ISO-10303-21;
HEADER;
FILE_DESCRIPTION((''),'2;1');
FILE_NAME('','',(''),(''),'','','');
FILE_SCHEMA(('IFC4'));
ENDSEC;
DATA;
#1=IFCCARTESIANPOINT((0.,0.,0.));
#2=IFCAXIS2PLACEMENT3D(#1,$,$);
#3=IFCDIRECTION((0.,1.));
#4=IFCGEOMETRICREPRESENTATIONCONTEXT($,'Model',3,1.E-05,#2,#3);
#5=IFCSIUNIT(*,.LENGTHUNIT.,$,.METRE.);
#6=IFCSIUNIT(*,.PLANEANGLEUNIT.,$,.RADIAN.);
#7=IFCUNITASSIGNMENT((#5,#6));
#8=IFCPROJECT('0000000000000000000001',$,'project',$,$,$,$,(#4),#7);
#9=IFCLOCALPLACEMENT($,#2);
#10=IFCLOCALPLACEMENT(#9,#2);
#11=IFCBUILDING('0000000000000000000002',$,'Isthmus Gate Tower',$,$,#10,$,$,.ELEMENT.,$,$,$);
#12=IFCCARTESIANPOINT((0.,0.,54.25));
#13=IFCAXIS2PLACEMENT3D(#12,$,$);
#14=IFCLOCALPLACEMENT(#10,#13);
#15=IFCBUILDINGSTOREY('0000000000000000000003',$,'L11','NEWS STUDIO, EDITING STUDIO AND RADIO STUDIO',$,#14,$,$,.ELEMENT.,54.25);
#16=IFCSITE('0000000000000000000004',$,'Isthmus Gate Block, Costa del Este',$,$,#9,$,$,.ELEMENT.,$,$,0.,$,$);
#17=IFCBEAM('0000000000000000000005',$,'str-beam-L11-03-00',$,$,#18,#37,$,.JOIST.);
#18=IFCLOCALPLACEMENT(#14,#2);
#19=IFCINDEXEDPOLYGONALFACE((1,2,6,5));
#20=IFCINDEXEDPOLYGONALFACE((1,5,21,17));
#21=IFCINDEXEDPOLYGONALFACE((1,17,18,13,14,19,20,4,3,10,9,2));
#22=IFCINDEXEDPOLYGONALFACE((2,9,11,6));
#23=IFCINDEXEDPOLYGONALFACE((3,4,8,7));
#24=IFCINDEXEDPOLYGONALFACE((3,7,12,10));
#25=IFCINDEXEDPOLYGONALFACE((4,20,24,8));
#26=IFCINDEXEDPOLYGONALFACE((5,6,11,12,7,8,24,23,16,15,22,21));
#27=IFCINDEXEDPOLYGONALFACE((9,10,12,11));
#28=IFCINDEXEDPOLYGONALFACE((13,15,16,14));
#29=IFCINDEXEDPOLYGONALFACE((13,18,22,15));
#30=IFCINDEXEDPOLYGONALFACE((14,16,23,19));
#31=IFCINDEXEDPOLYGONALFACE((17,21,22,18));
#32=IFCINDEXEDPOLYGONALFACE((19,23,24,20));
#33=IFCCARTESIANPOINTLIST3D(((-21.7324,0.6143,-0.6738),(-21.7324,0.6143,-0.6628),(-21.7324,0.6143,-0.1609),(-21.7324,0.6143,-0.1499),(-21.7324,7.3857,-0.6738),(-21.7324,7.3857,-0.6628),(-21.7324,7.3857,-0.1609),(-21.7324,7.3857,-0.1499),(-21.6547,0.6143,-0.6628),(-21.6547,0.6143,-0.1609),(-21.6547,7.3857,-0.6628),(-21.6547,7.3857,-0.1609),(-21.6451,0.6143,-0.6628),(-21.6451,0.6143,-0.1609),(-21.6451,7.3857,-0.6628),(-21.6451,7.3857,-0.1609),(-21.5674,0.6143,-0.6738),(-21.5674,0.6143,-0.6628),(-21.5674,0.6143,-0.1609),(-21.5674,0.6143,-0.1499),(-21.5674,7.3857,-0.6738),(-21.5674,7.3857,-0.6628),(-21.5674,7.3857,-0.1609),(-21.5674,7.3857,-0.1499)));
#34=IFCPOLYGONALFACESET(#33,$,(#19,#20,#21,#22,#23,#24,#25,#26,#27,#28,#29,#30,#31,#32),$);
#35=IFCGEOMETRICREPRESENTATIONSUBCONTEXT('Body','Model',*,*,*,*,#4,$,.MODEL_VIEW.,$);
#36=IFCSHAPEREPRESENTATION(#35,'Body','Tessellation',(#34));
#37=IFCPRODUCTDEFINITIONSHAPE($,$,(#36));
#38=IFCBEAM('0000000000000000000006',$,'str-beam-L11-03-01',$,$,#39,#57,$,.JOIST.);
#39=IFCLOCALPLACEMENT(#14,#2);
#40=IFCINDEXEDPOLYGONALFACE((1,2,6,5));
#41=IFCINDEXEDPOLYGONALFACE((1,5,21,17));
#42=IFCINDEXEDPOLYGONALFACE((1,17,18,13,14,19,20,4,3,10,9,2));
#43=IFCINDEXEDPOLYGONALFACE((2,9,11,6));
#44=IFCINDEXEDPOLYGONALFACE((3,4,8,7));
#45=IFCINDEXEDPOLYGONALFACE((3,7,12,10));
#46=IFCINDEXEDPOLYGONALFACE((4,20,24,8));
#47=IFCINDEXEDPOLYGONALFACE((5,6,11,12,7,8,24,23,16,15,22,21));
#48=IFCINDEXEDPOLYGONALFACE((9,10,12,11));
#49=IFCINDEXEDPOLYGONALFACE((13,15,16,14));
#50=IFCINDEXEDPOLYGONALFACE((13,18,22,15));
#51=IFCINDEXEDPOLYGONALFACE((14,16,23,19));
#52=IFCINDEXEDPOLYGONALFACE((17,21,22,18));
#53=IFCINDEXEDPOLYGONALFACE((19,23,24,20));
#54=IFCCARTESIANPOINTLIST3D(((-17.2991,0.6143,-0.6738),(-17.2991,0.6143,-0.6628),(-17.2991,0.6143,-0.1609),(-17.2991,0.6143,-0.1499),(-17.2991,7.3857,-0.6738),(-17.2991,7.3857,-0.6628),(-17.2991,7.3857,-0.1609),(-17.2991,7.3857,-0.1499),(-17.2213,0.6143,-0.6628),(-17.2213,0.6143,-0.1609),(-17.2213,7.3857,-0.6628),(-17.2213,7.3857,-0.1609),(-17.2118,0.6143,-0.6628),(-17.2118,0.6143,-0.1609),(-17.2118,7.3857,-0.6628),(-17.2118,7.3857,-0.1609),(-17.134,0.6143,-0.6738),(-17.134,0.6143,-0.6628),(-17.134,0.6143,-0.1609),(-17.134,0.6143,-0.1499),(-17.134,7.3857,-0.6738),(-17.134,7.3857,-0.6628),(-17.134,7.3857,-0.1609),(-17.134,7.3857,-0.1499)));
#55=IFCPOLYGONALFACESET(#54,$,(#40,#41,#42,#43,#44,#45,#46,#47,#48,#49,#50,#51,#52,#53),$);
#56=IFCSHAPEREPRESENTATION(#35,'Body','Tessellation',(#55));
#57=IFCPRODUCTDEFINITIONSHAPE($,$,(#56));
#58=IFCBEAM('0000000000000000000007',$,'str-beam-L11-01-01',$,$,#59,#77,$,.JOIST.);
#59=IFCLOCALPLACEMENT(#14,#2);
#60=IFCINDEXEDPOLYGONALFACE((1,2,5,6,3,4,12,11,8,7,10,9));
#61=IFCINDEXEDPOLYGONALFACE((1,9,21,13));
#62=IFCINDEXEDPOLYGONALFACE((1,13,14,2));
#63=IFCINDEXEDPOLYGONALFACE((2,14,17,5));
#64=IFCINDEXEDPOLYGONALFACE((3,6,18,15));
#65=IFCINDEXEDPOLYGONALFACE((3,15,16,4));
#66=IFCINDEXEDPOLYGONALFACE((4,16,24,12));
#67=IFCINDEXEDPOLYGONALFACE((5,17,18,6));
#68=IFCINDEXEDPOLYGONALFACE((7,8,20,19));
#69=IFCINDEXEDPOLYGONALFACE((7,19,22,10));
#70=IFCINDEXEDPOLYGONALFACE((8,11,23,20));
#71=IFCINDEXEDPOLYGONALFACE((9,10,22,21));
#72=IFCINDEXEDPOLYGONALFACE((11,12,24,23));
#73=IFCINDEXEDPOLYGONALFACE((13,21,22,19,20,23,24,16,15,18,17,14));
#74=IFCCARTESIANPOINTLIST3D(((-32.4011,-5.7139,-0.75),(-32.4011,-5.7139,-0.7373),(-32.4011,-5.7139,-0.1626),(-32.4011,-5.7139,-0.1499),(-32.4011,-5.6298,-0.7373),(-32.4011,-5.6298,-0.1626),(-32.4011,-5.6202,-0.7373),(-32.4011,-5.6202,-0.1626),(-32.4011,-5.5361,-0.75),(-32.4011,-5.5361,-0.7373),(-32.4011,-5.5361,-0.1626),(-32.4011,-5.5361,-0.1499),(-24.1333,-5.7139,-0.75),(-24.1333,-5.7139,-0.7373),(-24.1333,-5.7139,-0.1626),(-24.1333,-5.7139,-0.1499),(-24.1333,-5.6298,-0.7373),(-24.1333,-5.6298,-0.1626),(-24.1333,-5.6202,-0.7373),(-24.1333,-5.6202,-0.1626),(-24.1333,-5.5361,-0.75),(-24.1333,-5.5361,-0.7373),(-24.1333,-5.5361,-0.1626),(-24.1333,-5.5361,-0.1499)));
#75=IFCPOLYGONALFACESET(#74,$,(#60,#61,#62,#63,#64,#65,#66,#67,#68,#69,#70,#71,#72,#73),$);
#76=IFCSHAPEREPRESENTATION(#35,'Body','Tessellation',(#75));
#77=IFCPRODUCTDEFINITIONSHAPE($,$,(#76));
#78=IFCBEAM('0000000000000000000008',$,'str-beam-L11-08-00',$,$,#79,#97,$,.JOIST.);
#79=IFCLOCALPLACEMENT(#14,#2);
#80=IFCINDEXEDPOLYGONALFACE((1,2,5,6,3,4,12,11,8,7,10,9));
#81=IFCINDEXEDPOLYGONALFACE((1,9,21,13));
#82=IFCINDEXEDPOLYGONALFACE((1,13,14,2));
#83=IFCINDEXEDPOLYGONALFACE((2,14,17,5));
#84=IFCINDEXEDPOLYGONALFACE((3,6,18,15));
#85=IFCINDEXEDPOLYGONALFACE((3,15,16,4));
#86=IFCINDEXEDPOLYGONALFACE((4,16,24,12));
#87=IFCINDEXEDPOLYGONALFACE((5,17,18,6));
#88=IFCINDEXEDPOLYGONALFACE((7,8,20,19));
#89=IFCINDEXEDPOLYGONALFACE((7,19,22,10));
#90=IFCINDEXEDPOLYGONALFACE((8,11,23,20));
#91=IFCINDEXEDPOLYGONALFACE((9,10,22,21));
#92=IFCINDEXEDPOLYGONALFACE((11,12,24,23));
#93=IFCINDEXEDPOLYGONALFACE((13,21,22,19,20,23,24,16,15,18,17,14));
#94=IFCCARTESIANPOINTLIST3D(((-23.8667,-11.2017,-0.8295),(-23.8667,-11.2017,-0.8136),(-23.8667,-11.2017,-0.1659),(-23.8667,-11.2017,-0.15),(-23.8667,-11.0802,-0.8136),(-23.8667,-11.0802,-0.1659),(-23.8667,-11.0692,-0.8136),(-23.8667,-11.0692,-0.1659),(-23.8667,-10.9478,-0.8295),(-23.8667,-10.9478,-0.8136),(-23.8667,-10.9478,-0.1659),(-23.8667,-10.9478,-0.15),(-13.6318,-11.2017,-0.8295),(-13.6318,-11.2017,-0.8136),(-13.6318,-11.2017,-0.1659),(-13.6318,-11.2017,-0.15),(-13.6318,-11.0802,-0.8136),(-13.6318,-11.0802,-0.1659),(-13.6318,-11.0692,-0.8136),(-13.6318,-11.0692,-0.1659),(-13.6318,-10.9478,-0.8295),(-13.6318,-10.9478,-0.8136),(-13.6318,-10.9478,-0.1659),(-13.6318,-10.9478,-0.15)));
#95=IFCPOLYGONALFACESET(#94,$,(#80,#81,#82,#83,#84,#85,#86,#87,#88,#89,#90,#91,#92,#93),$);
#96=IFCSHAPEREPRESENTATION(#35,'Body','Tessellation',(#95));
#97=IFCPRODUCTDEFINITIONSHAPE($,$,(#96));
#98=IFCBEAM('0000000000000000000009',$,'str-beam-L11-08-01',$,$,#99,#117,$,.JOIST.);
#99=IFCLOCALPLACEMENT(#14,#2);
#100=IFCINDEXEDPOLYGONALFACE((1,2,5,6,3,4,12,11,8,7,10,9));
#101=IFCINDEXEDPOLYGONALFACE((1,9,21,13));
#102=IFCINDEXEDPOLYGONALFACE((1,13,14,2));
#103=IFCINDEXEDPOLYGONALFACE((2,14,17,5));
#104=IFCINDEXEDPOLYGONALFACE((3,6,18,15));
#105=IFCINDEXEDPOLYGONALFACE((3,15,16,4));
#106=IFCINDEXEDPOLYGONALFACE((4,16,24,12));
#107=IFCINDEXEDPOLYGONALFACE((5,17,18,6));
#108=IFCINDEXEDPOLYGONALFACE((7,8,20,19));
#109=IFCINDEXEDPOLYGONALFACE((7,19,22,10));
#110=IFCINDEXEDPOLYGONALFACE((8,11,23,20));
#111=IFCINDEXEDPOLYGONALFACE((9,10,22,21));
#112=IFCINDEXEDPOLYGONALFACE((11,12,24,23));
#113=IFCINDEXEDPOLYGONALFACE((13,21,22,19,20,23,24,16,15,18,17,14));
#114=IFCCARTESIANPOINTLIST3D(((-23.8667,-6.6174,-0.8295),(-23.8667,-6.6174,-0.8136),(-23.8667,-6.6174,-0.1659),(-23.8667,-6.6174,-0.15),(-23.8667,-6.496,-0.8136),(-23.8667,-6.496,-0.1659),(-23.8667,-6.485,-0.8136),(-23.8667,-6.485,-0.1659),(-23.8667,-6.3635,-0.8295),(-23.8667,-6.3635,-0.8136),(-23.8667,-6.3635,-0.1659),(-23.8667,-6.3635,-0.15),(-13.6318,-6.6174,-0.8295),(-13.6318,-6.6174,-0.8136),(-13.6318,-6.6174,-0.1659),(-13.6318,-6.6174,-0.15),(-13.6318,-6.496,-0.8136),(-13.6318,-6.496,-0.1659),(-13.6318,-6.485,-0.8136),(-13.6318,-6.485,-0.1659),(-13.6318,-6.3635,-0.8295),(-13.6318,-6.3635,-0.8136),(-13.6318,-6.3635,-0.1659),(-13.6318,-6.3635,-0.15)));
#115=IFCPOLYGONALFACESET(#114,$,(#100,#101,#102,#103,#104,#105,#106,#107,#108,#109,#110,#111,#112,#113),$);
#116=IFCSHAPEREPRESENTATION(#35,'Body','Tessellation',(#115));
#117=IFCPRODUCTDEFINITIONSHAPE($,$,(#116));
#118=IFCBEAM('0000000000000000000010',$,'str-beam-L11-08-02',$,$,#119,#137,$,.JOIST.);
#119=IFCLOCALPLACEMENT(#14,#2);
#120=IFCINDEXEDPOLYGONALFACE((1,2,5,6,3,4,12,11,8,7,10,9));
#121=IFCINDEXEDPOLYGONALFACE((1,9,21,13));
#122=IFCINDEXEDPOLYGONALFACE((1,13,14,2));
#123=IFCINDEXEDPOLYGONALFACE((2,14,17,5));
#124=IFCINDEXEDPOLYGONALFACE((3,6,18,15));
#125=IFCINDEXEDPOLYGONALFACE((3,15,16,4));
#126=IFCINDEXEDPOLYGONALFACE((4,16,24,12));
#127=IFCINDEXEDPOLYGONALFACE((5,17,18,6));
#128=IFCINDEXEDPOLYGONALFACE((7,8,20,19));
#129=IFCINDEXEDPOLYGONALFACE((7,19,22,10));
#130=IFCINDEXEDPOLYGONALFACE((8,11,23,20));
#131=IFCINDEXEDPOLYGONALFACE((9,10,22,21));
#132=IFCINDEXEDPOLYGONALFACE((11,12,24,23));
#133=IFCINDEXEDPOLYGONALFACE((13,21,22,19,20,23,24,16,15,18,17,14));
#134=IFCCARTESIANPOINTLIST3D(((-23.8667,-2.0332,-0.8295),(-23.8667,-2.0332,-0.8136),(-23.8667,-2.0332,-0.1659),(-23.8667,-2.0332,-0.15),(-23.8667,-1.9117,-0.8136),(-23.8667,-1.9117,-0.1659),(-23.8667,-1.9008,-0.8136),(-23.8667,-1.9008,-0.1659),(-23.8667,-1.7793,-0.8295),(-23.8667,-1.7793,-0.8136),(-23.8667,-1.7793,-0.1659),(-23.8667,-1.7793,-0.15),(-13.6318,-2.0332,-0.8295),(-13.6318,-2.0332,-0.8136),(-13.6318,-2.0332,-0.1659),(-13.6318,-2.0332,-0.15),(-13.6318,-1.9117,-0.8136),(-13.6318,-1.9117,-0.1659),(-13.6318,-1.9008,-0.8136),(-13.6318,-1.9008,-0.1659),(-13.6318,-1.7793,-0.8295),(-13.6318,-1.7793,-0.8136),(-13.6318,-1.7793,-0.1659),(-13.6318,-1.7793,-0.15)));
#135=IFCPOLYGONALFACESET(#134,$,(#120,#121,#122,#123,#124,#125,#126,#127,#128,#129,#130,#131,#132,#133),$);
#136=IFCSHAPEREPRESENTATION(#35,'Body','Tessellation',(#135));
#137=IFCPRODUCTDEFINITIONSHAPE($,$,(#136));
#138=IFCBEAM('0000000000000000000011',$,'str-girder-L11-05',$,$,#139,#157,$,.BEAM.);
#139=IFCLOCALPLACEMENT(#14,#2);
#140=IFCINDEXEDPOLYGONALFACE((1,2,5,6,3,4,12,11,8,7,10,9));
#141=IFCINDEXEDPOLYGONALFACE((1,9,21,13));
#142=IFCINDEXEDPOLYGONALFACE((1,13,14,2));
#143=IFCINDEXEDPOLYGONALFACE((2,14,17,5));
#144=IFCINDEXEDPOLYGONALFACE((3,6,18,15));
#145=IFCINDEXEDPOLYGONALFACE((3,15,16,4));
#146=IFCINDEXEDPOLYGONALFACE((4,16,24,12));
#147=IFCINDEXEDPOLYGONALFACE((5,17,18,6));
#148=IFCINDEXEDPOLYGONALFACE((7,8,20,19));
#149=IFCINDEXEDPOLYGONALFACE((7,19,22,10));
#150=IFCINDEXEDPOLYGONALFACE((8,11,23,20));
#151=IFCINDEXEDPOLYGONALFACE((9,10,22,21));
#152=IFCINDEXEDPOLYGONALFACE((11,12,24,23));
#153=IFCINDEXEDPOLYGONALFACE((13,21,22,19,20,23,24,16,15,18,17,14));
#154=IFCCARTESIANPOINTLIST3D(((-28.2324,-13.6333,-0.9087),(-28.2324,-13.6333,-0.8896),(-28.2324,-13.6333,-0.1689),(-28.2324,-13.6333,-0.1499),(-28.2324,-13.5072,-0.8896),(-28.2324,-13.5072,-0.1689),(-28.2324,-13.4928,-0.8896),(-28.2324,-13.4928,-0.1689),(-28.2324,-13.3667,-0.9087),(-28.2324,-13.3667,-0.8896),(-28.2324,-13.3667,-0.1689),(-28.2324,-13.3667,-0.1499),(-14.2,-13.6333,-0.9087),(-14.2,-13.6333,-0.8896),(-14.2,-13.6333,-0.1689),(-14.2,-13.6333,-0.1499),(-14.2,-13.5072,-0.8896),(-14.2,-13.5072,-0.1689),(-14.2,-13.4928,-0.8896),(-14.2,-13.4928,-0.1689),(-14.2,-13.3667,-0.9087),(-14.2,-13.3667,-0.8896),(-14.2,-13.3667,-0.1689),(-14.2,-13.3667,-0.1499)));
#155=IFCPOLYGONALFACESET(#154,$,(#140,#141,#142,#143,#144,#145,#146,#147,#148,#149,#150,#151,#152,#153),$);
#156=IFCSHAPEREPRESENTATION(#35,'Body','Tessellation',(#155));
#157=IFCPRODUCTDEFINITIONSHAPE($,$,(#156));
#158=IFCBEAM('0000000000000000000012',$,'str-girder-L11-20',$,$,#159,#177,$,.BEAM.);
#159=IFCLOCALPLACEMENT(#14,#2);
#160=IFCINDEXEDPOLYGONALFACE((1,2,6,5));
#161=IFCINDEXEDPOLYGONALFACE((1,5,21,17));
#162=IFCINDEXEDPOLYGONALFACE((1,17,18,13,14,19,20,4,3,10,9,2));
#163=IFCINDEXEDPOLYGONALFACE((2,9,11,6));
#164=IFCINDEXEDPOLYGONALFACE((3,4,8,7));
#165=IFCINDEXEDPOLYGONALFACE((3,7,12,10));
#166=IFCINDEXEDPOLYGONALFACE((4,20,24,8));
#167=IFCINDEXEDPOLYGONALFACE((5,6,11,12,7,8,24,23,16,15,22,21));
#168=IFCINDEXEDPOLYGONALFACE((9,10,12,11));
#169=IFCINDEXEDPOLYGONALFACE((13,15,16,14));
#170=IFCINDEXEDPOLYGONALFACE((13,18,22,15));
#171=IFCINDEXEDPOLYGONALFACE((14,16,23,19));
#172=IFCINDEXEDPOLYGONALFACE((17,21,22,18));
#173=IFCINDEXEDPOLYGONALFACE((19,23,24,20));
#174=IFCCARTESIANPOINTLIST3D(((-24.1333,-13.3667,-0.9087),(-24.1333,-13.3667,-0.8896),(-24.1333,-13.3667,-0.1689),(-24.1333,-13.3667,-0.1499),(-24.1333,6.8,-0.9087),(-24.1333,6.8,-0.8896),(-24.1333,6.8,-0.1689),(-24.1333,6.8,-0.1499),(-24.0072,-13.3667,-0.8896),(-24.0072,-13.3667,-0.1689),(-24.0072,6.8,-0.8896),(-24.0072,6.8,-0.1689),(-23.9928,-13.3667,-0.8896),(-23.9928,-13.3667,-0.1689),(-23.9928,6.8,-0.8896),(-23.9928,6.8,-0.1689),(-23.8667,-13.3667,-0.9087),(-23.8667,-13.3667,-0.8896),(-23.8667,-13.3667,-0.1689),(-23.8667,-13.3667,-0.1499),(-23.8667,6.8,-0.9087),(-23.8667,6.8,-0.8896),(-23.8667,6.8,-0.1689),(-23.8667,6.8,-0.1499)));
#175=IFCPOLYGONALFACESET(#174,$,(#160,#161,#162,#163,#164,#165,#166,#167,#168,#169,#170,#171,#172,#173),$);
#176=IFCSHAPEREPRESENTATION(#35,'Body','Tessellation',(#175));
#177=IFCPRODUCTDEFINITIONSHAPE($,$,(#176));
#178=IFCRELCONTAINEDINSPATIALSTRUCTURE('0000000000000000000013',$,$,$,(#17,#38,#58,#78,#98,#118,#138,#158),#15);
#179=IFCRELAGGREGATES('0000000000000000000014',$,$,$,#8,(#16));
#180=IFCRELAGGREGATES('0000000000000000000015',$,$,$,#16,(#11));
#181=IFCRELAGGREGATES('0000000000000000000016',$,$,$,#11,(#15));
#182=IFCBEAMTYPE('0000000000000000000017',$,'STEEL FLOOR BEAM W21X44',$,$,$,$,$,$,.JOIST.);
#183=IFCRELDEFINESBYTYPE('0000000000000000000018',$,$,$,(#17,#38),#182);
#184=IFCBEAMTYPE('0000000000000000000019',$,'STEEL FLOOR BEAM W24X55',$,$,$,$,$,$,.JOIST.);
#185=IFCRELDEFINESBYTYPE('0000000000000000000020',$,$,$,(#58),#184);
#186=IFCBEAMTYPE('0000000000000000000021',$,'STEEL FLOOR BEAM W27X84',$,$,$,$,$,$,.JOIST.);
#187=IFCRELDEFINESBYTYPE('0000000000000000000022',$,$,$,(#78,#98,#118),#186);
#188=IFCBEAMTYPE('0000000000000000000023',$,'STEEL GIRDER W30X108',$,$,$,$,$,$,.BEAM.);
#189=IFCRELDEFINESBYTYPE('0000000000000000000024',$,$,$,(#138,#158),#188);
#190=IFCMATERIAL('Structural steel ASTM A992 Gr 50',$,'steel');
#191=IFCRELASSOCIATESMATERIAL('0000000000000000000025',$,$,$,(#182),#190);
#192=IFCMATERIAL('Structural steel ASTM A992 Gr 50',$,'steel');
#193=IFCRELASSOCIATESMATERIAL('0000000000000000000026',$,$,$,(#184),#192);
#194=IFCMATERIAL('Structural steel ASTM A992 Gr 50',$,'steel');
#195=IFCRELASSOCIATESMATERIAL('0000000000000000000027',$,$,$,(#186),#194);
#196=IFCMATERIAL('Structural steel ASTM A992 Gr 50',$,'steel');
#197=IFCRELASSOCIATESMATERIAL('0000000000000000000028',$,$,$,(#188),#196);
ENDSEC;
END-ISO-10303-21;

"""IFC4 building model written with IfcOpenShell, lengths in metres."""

from ifc_helpers import new_model, si_unit, direction, frame, origin, origin_2d, place, context, subcontext, project, spatial, i_section, extrude, material, material_profile, profile_set, type_object, element, save


model = new_model("IFC4")

# Units and contexts
model_context = context("Model", 3, precision=1e-05, world=origin(), true_north=direction((0.0, 1.0)))
body_context = subcontext(model_context, "Body", "Model", "MODEL_VIEW")
ifc_project = project(units=[si_unit("LENGTHUNIT", "METRE"), si_unit("PLANEANGLEUNIT", "RADIAN")], contexts=[model_context])

# Site, building, storey
site_placement = place(None, origin())
site = spatial("IfcSite", under=ifc_project, at=site_placement, Name="Isthmus Gate Block, Costa del Este", CompositionType="ELEMENT", RefElevation=0.0)
building_placement = place(site_placement, origin())
building = spatial("IfcBuilding", under=site, at=building_placement, Name="Isthmus Gate Tower", CompositionType="ELEMENT")
storey_placement = place(building_placement, frame((0.0, 0.0, 54.25)))
storey = spatial("IfcBuildingStorey", under=building, at=storey_placement, Name="L11", Description="NEWS STUDIO, EDITING STUDIO AND RADIO STUDIO", CompositionType="ELEMENT", Elevation=54.25)

# Beams
ifc_material_1 = material(Name="Structural steel ASTM A992 Gr 50", Category="steel")
ifc_material_profile_1 = material_profile(ifc_material_1, i_section(OverallWidth=0.165, OverallDepth=0.5239, WebThickness=0.0095, FlangeThickness=0.011, at=origin_2d()), Name="W21X44")
ifc_profile_set_1 = profile_set([ifc_material_profile_1], Name="Structural steel ASTM A992 Gr 50")
beam_type_1 = type_object("IfcBeamType", Name="STEEL FLOOR BEAM W21X44", PredefinedType="JOIST", material=ifc_profile_set_1)
for number, where, z_axis, x_axis, name in (
    (1, (-21.6499, 0.6143, -0.4119), (0.0, 1.0, 0.0), (-1.0, 0.0, 0.0), "str-beam-L11-03-00"),
    (2, (-17.2166, 0.6143, -0.4119), (0.0, 1.0, 0.0), (-1.0, 0.0, 0.0), "str-beam-L11-03-01"),
):
    element("IfcBeam", number, at=place(storey_placement, frame(where, z_axis=z_axis, x_axis=x_axis)), inside=storey, type_object=beam_type_1, Name=name, PredefinedType="JOIST", context=body_context, shape_type="SweptSolid", body=[
        extrude(i_section(OverallWidth=0.165, OverallDepth=0.5239, WebThickness=0.0095, FlangeThickness=0.011, at=origin_2d()), origin(), (0.0, 0.0, 1.0), 6.7715),
    ])
ifc_material_2 = material(Name="Structural steel ASTM A992 Gr 50", Category="steel")
ifc_material_profile_2 = material_profile(ifc_material_2, i_section(OverallWidth=0.1777, OverallDepth=0.6001, WebThickness=0.0095, FlangeThickness=0.0127, at=origin_2d()), Name="W24X55")
ifc_profile_set_2 = profile_set([ifc_material_profile_2], Name="Structural steel ASTM A992 Gr 50")
beam_type_2 = type_object("IfcBeamType", Name="STEEL FLOOR BEAM W24X55", PredefinedType="JOIST", material=ifc_profile_set_2)
beam_1_placement = place(storey_placement, frame((-32.4011, -5.625, -0.45), z_axis=(1.0, 0.0, 0.0), x_axis=(0.0, 1.0, 0.0)))
element("IfcBeam", 3, at=beam_1_placement, inside=storey, type_object=beam_type_2, Name="str-beam-L11-01-01", PredefinedType="JOIST", context=body_context, shape_type="SweptSolid", body=[
    extrude(i_section(OverallWidth=0.1777, OverallDepth=0.6001, WebThickness=0.0095, FlangeThickness=0.0127, at=origin_2d()), origin(), (0.0, 0.0, 1.0), 8.2678),
])
ifc_material_3 = material(Name="Structural steel ASTM A992 Gr 50", Category="steel")
ifc_material_profile_3 = material_profile(ifc_material_3, i_section(OverallWidth=0.2539, OverallDepth=0.6794, WebThickness=0.011, FlangeThickness=0.0159, at=origin_2d()), Name="W27X84")
ifc_profile_set_3 = profile_set([ifc_material_profile_3], Name="Structural steel ASTM A992 Gr 50")
beam_type_3 = type_object("IfcBeamType", Name="STEEL FLOOR BEAM W27X84", PredefinedType="JOIST", material=ifc_profile_set_3)
for number, where, z_axis, x_axis, name in (
    (4, (-23.8667, -11.0747, -0.4897), (1.0, 0.0, 0.0), (0.0, 1.0, 0.0), "str-beam-L11-08-00"),
    (5, (-23.8667, -6.4905, -0.4897), (1.0, 0.0, 0.0), (0.0, 1.0, 0.0), "str-beam-L11-08-01"),
    (6, (-23.8667, -1.9062, -0.4897), (1.0, 0.0, 0.0), (0.0, 1.0, 0.0), "str-beam-L11-08-02"),
):
    element("IfcBeam", number, at=place(storey_placement, frame(where, z_axis=z_axis, x_axis=x_axis)), inside=storey, type_object=beam_type_3, Name=name, PredefinedType="JOIST", context=body_context, shape_type="SweptSolid", body=[
        extrude(i_section(OverallWidth=0.2539, OverallDepth=0.6794, WebThickness=0.011, FlangeThickness=0.0159, at=origin_2d()), origin(), (0.0, 0.0, 1.0), 10.2349),
    ])
ifc_material_4 = material(Name="Structural steel ASTM A992 Gr 50", Category="steel")
ifc_material_profile_4 = material_profile(ifc_material_4, i_section(OverallWidth=0.2666, OverallDepth=0.7588, WebThickness=0.0144, FlangeThickness=0.019, at=origin_2d()), Name="W30X108")
ifc_profile_set_4 = profile_set([ifc_material_profile_4], Name="Structural steel ASTM A992 Gr 50")
beam_type_4 = type_object("IfcBeamType", Name="STEEL GIRDER W30X108", PredefinedType="BEAM", material=ifc_profile_set_4)
beam_2_placement = place(storey_placement, frame((-28.2324, -13.5, -0.5293), z_axis=(1.0, 0.0, 0.0), x_axis=(0.0, 1.0, 0.0)))
element("IfcBeam", 7, at=beam_2_placement, inside=storey, type_object=beam_type_4, Name="str-girder-L11-05", PredefinedType="BEAM", context=body_context, shape_type="SweptSolid", body=[
    extrude(i_section(OverallWidth=0.2666, OverallDepth=0.7588, WebThickness=0.0144, FlangeThickness=0.019, at=origin_2d()), origin(), (0.0, 0.0, 1.0), 14.0325),
])
beam_3_placement = place(storey_placement, frame((-24.0, -13.3667, -0.5293), z_axis=(0.0, 1.0, 0.0), x_axis=(-1.0, 0.0, 0.0)))
element("IfcBeam", 8, at=beam_3_placement, inside=storey, type_object=beam_type_4, Name="str-girder-L11-20", PredefinedType="BEAM", context=body_context, shape_type="SweptSolid", body=[
    extrude(i_section(OverallWidth=0.2666, OverallDepth=0.7588, WebThickness=0.0144, FlangeThickness=0.019, at=origin_2d()), origin(), (0.0, 0.0, 1.0), 20.1667),
])

save(model, "model.ifc")
